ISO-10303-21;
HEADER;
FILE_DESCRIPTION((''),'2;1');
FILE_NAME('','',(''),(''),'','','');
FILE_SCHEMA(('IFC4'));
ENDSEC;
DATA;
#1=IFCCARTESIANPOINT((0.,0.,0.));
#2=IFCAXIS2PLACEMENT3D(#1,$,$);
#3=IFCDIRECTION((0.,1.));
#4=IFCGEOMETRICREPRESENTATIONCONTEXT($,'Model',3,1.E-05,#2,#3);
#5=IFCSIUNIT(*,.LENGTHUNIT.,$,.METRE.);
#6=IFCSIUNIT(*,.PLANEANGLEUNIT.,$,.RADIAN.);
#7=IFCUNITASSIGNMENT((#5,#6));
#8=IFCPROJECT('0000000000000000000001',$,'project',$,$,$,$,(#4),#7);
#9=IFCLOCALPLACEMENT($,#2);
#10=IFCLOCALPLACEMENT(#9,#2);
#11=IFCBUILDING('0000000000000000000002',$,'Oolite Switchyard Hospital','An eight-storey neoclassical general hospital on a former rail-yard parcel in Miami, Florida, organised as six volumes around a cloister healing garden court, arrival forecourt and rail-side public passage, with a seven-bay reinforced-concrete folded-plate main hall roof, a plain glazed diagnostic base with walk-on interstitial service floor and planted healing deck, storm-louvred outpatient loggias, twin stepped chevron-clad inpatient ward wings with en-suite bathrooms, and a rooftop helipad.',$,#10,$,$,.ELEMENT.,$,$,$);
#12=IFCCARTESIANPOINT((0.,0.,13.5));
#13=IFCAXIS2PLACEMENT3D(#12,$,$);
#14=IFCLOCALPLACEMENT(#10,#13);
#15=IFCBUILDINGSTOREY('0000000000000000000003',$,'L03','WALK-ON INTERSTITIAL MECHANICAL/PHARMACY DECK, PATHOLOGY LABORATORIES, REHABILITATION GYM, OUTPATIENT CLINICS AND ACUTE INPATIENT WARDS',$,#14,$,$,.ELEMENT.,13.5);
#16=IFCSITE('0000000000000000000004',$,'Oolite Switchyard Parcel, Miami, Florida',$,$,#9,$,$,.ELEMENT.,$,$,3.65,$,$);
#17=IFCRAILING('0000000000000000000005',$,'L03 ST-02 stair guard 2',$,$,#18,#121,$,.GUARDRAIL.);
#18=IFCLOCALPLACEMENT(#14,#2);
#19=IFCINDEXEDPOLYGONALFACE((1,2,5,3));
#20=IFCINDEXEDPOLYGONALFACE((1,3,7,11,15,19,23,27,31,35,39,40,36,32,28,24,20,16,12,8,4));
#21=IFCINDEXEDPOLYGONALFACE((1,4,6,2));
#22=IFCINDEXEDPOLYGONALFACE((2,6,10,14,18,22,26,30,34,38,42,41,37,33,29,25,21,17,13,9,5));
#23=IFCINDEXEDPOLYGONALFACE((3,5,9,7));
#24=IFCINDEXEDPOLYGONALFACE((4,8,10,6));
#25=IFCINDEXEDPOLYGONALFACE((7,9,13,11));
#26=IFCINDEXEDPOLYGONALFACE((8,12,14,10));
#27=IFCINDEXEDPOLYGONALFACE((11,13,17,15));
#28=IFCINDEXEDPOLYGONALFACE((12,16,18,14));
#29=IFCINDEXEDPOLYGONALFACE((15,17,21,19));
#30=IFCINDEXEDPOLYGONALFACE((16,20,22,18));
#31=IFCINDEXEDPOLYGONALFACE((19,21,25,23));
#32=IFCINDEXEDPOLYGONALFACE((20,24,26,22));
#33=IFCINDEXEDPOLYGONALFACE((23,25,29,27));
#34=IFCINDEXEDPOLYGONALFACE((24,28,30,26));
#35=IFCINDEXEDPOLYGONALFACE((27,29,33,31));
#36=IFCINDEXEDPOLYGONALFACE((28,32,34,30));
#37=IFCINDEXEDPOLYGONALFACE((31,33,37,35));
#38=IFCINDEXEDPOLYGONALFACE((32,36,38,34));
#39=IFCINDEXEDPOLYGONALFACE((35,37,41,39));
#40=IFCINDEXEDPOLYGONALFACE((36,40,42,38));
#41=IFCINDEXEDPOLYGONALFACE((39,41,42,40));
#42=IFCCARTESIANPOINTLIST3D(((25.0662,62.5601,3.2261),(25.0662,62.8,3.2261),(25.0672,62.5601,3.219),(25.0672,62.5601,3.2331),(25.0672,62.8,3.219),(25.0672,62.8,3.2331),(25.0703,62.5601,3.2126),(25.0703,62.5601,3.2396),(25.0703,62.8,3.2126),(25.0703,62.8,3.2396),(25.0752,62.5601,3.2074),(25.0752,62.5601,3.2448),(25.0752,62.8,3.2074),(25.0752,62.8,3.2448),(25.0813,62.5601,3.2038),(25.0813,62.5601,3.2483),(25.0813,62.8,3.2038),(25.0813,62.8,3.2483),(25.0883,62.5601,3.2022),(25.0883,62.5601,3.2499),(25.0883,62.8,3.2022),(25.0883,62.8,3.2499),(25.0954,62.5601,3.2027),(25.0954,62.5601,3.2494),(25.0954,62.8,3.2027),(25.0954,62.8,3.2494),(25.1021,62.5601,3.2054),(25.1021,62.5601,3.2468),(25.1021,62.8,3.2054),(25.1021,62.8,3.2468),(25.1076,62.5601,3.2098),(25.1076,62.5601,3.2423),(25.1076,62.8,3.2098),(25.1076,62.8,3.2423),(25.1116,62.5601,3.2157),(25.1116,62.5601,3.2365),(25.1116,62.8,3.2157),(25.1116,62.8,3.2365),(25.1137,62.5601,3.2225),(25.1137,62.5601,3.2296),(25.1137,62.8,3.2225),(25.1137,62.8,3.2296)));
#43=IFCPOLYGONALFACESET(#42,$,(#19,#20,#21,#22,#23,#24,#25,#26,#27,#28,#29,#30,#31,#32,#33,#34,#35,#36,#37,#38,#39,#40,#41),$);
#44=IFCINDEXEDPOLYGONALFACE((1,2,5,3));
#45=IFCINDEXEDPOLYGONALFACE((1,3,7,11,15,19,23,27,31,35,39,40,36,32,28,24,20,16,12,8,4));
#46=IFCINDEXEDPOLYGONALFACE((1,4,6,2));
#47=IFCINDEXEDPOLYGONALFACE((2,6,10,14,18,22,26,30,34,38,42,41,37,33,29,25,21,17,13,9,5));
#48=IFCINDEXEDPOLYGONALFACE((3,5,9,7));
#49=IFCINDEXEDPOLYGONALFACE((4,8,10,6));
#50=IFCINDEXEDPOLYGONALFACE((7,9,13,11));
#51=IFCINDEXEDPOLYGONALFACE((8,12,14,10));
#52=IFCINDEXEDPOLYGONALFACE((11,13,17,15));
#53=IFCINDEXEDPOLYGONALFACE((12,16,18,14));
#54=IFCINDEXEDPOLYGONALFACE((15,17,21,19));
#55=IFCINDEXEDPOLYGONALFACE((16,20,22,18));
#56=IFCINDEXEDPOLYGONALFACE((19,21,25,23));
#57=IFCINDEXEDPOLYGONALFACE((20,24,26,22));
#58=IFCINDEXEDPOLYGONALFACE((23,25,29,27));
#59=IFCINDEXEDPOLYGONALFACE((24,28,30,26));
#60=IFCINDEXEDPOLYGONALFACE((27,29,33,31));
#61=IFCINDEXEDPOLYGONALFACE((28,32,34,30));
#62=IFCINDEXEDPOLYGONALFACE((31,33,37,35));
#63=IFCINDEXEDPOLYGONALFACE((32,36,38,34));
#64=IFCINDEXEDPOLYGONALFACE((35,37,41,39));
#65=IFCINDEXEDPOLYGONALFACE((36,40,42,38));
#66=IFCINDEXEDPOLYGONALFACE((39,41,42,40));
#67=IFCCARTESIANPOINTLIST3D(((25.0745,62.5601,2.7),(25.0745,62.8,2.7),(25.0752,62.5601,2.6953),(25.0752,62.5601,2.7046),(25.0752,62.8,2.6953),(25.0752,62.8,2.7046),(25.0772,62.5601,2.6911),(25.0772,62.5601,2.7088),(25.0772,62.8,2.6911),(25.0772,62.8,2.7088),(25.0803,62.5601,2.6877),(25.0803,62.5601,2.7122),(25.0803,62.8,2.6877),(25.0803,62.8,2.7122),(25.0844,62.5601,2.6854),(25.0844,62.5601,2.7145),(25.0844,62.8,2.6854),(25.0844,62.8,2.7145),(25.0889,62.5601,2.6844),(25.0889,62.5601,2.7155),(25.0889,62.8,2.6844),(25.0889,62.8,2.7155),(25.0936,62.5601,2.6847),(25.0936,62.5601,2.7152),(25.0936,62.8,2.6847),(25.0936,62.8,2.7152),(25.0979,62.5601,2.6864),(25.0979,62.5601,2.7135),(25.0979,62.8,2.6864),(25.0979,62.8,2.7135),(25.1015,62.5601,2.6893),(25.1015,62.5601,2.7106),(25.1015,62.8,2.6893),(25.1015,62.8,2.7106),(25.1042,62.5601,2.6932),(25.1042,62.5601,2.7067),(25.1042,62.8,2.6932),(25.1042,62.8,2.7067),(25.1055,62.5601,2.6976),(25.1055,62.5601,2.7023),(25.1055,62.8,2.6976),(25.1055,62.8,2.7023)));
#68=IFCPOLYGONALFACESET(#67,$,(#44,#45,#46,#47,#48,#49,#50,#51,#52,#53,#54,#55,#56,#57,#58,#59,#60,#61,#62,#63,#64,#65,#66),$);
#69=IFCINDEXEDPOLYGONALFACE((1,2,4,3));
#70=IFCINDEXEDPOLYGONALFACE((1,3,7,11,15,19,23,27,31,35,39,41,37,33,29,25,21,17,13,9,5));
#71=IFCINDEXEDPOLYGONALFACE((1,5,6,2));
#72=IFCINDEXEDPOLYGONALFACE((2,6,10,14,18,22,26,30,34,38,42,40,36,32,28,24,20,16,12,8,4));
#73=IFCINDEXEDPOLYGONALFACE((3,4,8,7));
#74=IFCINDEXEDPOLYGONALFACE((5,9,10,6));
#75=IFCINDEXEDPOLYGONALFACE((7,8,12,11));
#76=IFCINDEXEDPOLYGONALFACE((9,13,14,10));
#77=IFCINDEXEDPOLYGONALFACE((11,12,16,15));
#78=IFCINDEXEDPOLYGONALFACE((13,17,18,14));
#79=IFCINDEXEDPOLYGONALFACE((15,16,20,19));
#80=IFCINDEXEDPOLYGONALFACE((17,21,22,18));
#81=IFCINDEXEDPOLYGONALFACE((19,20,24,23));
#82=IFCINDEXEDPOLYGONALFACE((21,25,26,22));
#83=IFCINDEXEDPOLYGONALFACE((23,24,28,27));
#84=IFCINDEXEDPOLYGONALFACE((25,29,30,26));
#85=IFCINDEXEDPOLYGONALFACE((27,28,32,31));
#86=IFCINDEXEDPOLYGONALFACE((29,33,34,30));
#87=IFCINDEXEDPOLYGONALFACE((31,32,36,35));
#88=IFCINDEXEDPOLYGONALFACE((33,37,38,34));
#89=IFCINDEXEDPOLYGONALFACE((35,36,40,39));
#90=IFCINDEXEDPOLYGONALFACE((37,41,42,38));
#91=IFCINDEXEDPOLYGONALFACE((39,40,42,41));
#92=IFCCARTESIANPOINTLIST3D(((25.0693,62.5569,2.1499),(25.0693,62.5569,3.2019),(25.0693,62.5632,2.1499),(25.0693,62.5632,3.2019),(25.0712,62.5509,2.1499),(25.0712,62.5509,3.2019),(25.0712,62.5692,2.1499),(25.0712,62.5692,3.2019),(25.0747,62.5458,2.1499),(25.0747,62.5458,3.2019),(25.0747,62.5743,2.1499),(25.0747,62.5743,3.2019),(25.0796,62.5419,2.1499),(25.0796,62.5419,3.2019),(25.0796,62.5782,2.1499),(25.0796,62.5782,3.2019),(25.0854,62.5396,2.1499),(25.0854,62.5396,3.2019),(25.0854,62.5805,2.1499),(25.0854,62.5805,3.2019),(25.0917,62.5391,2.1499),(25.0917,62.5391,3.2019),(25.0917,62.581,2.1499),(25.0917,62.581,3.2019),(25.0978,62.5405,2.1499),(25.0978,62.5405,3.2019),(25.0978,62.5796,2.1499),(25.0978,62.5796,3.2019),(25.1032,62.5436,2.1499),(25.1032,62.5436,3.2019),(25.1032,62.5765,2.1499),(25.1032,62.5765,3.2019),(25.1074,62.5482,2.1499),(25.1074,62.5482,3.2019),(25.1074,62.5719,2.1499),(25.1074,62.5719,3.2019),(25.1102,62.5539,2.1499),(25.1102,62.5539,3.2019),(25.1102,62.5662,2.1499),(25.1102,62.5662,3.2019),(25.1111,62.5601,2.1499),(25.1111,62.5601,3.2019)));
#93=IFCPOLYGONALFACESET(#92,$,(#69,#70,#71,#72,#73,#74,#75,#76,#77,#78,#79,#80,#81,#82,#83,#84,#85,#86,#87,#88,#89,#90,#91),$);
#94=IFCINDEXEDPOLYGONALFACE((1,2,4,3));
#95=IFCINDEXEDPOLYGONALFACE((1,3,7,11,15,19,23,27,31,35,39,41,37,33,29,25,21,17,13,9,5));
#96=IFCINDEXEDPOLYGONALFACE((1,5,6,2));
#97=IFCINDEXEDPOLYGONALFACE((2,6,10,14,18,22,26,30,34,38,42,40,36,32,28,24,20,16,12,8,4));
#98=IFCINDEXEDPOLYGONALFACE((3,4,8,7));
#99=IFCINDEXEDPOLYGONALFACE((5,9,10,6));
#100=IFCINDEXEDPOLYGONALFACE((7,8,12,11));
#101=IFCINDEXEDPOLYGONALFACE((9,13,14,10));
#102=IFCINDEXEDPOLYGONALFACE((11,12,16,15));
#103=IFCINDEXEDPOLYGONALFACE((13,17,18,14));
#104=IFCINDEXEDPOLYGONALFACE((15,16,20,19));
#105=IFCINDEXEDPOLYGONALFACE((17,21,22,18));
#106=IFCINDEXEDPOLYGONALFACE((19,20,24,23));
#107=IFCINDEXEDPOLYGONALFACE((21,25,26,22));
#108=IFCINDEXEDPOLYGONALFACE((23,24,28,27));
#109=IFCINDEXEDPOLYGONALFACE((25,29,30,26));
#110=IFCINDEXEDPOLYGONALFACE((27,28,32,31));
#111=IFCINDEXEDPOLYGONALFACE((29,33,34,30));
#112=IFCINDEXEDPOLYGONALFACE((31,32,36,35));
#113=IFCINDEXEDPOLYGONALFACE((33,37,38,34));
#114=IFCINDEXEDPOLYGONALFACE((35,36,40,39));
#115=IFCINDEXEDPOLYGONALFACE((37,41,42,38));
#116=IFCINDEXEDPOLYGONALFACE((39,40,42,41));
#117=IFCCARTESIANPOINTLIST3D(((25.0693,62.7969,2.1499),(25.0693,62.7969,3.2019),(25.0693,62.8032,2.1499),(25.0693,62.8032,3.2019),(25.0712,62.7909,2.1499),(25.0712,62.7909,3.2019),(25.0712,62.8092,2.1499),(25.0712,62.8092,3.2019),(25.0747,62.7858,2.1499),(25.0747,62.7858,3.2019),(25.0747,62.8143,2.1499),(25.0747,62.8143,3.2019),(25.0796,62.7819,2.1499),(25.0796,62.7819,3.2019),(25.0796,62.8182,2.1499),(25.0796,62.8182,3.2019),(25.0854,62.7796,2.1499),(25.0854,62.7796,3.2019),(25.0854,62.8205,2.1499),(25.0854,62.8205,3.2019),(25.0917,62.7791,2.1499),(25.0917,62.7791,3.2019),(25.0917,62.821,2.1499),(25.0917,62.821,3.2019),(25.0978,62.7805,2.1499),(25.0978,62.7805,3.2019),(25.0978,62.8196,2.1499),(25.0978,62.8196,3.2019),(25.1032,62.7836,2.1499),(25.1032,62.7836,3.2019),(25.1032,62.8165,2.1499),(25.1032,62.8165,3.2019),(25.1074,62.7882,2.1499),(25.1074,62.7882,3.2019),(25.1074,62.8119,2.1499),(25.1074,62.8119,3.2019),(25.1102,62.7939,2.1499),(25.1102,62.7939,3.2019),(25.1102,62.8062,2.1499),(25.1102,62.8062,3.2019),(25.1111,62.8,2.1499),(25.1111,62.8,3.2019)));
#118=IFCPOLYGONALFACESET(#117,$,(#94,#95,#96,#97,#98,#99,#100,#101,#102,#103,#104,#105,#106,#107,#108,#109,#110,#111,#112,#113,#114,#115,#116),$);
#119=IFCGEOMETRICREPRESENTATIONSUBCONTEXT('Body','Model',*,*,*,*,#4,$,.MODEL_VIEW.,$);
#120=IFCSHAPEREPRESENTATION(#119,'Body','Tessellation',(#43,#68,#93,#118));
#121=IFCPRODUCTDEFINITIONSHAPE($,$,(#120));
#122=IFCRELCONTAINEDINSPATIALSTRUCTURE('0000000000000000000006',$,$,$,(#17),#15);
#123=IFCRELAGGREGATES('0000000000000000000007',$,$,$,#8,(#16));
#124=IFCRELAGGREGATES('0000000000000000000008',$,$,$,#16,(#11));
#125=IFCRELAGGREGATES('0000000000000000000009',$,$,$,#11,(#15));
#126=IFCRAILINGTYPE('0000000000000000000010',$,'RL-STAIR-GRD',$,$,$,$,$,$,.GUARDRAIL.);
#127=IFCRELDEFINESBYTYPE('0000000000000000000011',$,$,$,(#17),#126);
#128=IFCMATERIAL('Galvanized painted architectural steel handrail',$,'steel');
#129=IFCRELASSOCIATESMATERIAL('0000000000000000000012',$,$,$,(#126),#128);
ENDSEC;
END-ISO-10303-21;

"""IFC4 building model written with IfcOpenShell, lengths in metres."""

from ifc_helpers import new_model, si_unit, direction, frame, origin, origin_2d, place, context, subcontext, project, spatial, circle, extrude, material, type_object, element, save


model = new_model("IFC4")

# Units and contexts
model_context = context("Model", 3, precision=1e-05, world=origin(), true_north=direction((0.0, 1.0)))
body_context = subcontext(model_context, "Body", "Model", "MODEL_VIEW")
ifc_project = project(units=[si_unit("LENGTHUNIT", "METRE"), si_unit("PLANEANGLEUNIT", "RADIAN")], contexts=[model_context])

# Site, building, storey
site_placement = place(None, origin())
site = spatial("IfcSite", under=ifc_project, at=site_placement, Name="Oolite Switchyard Parcel, Miami, Florida", CompositionType="ELEMENT", RefElevation=3.65)
building_placement = place(site_placement, origin())
building = spatial("IfcBuilding", under=site, at=building_placement, Name="Oolite Switchyard Hospital", Description="An eight-storey neoclassical general hospital on a former rail-yard parcel in Miami, Florida, organised as six volumes around a cloister healing garden court, arrival forecourt and rail-side public passage, with a seven-bay reinforced-concrete folded-plate main hall roof, a plain glazed diagnostic base with walk-on interstitial service floor and planted healing deck, storm-louvred outpatient loggias, twin stepped chevron-clad inpatient ward wings with en-suite bathrooms, and a rooftop helipad.", CompositionType="ELEMENT")
storey_placement = place(building_placement, frame((0.0, 0.0, 13.5)))
storey = spatial("IfcBuildingStorey", under=building, at=storey_placement, Name="L03", Description="WALK-ON INTERSTITIAL MECHANICAL/PHARMACY DECK, PATHOLOGY LABORATORIES, REHABILITATION GYM, OUTPATIENT CLINICS AND ACUTE INPATIENT WARDS", CompositionType="ELEMENT", Elevation=13.5)

# Railing
ifc_material_1 = material(Name="Galvanized painted architectural steel handrail", Category="steel")
railing_type_1 = type_object("IfcRailingType", Name="RL-STAIR-GRD", PredefinedType="GUARDRAIL", material=ifc_material_1)
railing_1_placement = place(storey_placement, frame((25.0901, 62.5601, 2.1499)))
element("IfcRailing", 1, at=railing_1_placement, inside=storey, type_object=railing_type_1, Name="L03 ST-02 stair guard 2", PredefinedType="GUARDRAIL", context=body_context, shape_type="SweptSolid", body=[
    extrude(circle(Radius=0.0239, at=origin_2d()), frame((0.0, 0.0, 1.0762), z_axis=(0.0, 1.0, 0.0), x_axis=(-1.0, 0.0, 0.0)), (0.0, 0.0, 1.0), 0.24),
    extrude(circle(Radius=0.0156, at=origin_2d()), frame((0.0, 0.0, 0.55), z_axis=(0.0, 1.0, 0.0), x_axis=(-1.0, 0.0, 0.0)), (0.0, 0.0, 1.0), 0.24),
    extrude(circle(Radius=0.021, at=origin_2d()), origin(), (0.0, 0.0, 1.0), 1.052),
    extrude(circle(Radius=0.021, at=origin_2d()), frame((0.0, 0.24, 0.0)), (0.0, 0.0, 1.0), 1.052),
])

save(model, "model.ifc")
